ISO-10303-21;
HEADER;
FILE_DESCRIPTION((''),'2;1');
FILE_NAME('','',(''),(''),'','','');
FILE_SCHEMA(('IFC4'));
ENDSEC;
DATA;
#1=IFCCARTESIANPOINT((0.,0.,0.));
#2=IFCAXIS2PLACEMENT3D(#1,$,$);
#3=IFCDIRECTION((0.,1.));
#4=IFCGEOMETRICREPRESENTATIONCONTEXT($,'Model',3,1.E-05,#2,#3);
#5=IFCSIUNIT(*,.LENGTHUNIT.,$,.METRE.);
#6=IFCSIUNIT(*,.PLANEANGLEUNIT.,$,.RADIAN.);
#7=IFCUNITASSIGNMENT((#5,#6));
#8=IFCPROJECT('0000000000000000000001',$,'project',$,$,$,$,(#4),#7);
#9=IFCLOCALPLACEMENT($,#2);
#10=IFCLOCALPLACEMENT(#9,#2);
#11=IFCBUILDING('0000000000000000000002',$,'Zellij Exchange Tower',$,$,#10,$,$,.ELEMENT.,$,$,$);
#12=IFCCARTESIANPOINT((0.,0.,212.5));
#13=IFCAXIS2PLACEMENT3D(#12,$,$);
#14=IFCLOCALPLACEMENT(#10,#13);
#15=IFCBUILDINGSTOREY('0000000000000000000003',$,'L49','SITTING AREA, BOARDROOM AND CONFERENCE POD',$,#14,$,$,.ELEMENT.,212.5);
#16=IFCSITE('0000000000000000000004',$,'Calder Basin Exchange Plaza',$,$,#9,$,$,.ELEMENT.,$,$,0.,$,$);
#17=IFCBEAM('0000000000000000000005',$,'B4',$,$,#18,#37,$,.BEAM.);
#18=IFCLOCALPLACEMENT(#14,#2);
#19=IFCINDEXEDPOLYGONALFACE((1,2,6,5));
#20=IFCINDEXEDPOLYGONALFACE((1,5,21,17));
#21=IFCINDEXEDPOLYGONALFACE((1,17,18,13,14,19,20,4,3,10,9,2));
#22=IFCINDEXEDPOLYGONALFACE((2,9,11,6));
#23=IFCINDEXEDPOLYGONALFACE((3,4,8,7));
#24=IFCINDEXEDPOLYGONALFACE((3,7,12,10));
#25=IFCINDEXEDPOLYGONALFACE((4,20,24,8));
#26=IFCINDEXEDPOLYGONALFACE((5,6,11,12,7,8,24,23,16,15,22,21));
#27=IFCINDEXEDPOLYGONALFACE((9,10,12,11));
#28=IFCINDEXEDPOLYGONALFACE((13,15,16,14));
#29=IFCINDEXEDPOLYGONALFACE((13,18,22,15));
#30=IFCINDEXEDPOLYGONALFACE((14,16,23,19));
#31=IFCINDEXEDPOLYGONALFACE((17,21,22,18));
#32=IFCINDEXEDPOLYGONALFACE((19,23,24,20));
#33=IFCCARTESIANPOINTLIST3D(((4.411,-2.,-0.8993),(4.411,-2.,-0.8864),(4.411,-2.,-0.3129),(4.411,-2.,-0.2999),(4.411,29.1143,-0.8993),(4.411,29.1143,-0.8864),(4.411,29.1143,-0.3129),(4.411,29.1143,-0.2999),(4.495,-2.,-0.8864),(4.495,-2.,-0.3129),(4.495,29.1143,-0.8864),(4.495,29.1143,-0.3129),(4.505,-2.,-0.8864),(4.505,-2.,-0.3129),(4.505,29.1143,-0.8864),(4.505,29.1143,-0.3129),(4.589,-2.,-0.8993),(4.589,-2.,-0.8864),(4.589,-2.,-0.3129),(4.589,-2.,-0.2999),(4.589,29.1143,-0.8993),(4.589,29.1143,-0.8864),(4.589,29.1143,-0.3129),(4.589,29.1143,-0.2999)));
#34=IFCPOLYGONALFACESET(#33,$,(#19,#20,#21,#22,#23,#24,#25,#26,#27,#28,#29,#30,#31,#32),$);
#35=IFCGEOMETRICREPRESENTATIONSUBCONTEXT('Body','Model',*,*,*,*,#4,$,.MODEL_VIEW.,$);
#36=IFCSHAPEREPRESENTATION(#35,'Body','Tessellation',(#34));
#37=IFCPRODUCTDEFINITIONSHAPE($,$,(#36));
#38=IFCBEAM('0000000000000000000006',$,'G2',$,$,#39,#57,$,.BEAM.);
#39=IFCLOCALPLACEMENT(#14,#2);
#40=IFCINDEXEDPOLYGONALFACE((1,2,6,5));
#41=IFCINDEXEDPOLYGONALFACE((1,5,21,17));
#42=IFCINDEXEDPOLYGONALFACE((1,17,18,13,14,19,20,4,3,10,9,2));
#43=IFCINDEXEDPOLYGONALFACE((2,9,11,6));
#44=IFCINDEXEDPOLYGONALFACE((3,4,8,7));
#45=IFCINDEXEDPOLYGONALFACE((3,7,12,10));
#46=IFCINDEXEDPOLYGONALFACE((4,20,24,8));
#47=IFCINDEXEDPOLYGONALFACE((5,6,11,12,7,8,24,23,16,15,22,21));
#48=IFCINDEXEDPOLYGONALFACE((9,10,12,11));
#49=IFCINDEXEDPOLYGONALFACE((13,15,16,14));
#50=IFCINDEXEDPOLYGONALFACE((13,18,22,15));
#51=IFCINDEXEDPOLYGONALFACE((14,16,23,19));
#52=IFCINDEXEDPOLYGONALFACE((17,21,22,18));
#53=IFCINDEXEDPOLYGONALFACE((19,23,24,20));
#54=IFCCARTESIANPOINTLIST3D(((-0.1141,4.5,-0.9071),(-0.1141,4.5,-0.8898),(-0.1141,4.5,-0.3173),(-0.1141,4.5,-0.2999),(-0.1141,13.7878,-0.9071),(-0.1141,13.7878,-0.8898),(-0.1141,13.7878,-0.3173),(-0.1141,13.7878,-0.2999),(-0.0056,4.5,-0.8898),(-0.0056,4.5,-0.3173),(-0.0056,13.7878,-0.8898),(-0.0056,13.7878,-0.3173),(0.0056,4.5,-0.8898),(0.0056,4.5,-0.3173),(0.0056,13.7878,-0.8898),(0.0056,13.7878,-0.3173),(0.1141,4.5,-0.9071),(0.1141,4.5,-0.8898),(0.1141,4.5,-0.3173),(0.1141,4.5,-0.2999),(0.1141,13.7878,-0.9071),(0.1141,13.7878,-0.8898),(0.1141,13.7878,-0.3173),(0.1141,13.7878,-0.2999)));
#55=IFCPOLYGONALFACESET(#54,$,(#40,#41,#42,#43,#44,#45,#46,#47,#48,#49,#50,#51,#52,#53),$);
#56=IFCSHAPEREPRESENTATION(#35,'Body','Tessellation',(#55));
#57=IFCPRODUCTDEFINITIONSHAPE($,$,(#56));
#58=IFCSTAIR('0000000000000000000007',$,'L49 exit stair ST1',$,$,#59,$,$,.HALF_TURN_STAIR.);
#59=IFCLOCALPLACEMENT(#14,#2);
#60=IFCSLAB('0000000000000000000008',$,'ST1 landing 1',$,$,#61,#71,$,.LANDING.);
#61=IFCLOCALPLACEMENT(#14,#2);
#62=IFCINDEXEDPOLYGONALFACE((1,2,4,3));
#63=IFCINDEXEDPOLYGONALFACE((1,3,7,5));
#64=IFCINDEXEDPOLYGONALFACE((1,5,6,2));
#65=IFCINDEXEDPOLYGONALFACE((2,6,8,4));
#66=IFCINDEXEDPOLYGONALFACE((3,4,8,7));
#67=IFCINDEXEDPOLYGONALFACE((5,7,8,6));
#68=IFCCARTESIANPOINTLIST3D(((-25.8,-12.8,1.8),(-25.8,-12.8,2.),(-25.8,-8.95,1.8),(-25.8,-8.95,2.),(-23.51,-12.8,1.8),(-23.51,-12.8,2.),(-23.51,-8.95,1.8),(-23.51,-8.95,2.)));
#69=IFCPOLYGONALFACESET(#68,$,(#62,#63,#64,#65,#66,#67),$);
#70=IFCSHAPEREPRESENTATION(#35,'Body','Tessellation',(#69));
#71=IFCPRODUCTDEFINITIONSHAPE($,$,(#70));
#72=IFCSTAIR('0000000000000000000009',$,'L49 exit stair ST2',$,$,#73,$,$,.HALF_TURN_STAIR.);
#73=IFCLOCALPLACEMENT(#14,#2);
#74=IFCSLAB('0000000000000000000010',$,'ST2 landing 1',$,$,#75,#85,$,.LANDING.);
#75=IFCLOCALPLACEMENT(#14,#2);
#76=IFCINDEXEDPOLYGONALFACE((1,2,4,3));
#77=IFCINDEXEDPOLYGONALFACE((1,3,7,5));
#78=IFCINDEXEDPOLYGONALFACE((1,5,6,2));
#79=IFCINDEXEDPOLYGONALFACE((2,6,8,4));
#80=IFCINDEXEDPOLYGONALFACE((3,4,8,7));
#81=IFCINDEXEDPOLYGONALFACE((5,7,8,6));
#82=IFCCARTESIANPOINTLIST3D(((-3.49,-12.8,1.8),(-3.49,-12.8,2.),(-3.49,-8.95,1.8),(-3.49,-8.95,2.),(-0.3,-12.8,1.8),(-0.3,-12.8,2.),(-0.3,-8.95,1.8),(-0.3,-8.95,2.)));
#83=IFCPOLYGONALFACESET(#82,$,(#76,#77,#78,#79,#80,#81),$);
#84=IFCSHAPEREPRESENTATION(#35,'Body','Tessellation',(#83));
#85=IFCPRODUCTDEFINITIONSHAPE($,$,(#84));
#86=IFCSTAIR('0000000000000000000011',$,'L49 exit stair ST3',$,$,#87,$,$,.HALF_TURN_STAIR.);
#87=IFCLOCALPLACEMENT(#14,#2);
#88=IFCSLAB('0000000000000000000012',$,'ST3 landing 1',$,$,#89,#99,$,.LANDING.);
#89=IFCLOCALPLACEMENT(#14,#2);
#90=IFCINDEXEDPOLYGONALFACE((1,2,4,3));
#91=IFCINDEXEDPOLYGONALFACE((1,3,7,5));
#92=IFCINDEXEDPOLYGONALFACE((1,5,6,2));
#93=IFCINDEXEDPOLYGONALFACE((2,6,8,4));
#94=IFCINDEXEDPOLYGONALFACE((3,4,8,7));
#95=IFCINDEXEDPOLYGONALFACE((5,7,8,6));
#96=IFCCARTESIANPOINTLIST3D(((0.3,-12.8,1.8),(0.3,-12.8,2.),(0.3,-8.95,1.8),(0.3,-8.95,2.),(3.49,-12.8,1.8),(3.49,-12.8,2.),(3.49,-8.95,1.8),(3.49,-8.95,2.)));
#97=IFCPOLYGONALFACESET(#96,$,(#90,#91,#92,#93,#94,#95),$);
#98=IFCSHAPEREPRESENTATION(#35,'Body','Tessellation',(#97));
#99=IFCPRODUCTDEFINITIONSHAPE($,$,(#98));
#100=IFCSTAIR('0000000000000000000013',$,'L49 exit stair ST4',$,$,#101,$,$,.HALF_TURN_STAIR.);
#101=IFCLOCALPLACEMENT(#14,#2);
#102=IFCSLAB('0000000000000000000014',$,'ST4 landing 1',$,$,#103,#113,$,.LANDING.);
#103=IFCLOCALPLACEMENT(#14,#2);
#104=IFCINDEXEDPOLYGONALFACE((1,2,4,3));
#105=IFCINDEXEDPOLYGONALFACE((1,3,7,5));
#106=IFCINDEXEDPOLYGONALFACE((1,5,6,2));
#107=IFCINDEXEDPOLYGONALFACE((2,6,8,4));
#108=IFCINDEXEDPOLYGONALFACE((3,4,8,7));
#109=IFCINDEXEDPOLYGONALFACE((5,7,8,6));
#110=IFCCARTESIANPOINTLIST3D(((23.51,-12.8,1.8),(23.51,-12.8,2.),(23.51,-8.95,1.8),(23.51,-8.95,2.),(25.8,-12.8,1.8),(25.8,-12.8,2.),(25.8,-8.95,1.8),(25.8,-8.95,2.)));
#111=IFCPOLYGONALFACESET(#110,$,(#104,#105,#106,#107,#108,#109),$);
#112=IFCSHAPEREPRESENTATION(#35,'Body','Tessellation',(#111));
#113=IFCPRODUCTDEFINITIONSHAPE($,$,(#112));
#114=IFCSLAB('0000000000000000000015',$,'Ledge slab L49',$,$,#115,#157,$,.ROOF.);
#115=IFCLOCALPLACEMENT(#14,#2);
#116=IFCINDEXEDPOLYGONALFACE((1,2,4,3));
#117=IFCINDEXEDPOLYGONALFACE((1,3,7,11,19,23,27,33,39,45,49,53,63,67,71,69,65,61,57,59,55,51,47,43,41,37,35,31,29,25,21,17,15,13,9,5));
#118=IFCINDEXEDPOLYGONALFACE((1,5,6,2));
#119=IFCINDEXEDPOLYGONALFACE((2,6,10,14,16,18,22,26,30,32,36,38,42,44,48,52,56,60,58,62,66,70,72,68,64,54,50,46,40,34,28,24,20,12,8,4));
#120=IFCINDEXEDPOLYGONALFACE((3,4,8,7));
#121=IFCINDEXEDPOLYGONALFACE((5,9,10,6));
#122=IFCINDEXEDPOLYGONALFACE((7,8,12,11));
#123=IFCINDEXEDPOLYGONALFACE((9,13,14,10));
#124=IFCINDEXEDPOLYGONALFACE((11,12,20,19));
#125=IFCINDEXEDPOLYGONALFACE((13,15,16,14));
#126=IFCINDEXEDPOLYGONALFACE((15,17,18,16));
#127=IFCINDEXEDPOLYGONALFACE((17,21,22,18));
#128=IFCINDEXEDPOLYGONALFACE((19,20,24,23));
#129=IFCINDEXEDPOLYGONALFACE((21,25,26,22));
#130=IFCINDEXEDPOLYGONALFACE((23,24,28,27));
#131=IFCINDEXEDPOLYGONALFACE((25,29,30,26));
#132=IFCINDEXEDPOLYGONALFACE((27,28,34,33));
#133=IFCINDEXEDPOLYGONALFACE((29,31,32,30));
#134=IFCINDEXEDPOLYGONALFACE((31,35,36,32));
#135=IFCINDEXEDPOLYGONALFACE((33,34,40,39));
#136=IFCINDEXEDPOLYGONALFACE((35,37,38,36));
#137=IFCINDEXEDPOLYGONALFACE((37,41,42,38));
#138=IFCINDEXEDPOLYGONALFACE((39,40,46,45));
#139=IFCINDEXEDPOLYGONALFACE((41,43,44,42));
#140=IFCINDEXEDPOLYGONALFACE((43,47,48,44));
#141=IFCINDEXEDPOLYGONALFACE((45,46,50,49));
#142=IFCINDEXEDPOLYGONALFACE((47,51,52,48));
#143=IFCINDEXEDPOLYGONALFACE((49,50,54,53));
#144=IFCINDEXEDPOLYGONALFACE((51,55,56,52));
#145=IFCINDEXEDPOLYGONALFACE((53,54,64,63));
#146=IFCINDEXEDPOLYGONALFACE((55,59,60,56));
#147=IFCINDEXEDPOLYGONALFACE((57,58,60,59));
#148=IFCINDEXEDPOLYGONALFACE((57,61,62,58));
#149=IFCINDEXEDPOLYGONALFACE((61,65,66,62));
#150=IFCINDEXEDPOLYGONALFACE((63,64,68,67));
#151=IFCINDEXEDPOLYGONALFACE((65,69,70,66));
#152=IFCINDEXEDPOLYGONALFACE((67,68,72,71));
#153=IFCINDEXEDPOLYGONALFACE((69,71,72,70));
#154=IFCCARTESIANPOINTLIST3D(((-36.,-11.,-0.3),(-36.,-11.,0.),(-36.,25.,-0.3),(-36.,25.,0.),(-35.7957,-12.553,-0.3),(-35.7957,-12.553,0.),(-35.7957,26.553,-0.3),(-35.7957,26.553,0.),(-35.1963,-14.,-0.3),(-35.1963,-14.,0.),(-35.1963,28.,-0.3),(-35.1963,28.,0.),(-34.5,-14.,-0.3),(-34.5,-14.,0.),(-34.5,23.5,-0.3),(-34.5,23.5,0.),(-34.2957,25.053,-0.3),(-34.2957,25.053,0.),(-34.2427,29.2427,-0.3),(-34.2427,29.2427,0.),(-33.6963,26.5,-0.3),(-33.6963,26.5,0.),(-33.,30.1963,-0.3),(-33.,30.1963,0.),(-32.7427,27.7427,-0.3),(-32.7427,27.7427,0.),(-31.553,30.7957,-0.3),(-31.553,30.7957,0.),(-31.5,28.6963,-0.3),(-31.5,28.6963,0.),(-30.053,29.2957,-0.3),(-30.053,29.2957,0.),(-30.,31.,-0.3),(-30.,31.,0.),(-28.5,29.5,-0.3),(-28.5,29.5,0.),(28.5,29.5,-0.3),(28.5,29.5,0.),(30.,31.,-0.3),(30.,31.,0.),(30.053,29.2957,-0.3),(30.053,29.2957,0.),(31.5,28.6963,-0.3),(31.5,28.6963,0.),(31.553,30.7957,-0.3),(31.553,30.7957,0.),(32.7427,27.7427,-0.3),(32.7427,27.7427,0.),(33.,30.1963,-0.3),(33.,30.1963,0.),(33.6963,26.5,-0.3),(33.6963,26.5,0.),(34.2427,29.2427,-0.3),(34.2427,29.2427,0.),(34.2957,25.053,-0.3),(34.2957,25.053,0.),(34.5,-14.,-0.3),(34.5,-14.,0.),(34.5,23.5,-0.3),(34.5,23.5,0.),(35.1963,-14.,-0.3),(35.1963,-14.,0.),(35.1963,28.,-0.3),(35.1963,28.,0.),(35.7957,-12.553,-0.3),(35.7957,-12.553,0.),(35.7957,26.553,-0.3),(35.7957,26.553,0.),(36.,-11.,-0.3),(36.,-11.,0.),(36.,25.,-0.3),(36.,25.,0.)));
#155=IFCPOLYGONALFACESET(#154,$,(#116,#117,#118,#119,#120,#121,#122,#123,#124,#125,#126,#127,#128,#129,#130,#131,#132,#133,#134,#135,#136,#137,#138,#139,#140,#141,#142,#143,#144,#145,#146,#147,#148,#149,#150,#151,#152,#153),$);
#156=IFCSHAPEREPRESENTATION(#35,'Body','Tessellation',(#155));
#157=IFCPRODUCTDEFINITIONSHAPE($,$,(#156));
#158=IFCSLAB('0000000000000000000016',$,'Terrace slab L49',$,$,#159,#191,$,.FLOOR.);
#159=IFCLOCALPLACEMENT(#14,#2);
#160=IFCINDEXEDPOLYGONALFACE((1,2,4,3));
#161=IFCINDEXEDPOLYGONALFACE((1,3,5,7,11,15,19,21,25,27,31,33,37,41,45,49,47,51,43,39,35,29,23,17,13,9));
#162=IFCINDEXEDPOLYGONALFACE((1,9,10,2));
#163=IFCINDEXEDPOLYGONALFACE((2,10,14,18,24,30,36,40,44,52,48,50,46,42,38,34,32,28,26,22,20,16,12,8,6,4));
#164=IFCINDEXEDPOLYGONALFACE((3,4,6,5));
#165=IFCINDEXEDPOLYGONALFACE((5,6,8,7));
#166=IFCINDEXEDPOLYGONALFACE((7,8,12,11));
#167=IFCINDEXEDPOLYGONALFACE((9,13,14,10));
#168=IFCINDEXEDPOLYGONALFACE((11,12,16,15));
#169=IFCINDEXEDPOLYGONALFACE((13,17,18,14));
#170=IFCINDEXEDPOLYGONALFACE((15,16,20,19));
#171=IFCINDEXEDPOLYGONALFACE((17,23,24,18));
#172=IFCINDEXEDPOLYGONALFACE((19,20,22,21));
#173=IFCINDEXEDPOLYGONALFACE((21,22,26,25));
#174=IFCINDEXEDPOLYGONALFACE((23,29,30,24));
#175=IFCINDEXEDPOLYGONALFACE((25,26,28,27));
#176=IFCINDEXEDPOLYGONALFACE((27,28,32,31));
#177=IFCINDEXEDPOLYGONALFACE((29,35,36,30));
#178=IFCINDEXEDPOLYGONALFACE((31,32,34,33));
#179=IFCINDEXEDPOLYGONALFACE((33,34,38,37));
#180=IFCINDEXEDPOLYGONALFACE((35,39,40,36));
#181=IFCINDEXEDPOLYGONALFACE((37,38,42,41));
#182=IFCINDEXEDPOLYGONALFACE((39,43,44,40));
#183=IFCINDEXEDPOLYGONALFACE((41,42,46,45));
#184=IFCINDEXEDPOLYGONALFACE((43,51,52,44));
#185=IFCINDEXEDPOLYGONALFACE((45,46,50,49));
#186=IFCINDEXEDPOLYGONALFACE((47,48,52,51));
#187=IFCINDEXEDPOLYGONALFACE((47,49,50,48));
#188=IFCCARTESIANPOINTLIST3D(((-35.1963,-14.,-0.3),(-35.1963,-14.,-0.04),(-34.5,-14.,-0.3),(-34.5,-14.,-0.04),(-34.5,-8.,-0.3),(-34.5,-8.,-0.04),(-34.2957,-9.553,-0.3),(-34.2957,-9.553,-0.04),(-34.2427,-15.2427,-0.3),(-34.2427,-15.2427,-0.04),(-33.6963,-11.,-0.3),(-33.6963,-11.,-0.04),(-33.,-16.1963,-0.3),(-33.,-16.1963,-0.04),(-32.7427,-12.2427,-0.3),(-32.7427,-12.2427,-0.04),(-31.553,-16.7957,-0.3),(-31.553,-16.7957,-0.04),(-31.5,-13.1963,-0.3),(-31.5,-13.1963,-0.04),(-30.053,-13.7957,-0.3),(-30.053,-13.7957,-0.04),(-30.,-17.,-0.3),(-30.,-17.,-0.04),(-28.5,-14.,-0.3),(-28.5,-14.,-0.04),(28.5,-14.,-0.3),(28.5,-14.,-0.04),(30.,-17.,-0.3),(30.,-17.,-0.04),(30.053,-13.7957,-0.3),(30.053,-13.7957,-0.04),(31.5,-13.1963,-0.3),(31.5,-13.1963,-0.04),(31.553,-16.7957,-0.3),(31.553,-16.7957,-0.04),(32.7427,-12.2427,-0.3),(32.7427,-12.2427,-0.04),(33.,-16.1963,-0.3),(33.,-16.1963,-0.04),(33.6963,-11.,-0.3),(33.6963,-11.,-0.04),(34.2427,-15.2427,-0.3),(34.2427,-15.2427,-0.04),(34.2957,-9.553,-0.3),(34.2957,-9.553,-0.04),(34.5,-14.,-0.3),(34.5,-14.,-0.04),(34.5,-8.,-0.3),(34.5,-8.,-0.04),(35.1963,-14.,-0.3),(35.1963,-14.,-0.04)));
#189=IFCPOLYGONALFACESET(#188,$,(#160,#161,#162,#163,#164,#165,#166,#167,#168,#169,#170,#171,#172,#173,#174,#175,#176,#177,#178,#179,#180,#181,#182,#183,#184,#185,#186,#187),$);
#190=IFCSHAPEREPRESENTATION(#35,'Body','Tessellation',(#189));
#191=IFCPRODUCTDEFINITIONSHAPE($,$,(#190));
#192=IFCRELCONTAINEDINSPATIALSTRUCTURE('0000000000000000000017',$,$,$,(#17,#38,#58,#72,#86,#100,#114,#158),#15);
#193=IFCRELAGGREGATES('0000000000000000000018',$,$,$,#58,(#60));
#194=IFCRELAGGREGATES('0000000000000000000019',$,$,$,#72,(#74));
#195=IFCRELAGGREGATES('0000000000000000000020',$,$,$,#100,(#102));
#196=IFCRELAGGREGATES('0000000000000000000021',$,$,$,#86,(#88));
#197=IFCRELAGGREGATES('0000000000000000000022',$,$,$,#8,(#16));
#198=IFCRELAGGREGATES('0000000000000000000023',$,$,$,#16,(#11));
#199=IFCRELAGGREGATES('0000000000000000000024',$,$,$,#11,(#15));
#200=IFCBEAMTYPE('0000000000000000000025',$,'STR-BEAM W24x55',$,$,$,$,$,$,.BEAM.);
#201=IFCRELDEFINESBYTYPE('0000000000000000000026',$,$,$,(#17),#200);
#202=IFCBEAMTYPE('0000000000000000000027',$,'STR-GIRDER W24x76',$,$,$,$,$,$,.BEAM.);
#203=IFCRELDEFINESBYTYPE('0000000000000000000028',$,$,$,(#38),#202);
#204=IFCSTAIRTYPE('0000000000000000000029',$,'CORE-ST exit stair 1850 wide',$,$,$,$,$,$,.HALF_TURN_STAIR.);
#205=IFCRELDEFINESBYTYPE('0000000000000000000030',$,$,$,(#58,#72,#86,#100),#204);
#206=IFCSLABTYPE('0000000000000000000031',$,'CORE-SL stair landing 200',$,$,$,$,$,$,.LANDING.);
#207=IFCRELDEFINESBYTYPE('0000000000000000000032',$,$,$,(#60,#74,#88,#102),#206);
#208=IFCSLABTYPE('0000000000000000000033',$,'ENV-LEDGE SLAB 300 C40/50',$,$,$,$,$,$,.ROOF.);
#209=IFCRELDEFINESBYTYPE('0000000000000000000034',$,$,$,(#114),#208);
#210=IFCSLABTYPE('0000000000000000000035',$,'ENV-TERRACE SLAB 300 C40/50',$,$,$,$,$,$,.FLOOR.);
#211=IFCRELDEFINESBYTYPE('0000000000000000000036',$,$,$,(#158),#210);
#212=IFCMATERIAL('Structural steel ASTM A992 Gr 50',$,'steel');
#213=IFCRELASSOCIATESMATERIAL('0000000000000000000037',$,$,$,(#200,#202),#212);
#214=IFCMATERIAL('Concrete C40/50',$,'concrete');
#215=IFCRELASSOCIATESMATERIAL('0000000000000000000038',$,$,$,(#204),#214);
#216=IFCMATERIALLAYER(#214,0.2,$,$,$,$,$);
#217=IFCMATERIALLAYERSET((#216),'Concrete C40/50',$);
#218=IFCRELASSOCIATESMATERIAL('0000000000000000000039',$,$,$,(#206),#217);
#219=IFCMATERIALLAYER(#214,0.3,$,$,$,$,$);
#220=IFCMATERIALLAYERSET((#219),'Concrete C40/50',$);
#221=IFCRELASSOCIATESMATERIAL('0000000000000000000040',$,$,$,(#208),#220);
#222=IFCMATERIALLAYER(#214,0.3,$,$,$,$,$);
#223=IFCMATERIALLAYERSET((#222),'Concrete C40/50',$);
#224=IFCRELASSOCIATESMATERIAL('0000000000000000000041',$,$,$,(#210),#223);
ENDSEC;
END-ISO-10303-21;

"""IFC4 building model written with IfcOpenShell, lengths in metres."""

from ifc_helpers import new_model, si_unit, direction, frame, origin, origin_2d, place, context, subcontext, project, spatial, polyline, i_section, outline, extrude, material, layer, layer_set, material_profile, profile_set, type_object, element, aggregate, save


model = new_model("IFC4")

# Units and contexts
model_context = context("Model", 3, precision=1e-05, world=origin(), true_north=direction((0.0, 1.0)))
body_context = subcontext(model_context, "Body", "Model", "MODEL_VIEW")
ifc_project = project(units=[si_unit("LENGTHUNIT", "METRE"), si_unit("PLANEANGLEUNIT", "RADIAN")], contexts=[model_context])

# Site, building, storey
site_placement = place(None, origin())
site = spatial("IfcSite", under=ifc_project, at=site_placement, Name="Calder Basin Exchange Plaza", CompositionType="ELEMENT", RefElevation=0.0)
building_placement = place(site_placement, origin())
building = spatial("IfcBuilding", under=site, at=building_placement, Name="Zellij Exchange Tower", CompositionType="ELEMENT")
storey_placement = place(building_placement, frame((0.0, 0.0, 212.5)))
storey = spatial("IfcBuildingStorey", under=building, at=storey_placement, Name="L49", Description="SITTING AREA, BOARDROOM AND CONFERENCE POD", CompositionType="ELEMENT", Elevation=212.5)

# Beams
ifc_material_1 = material(Name="Structural steel ASTM A992 Gr 50", Category="steel")
ifc_material_profile_1 = material_profile(ifc_material_1, i_section(OverallWidth=0.178, OverallDepth=0.5994, WebThickness=0.01, FlangeThickness=0.0129, at=origin_2d()), Name="W24x55")
ifc_profile_set_1 = profile_set([ifc_material_profile_1], Name="Structural steel ASTM A992 Gr 50")
beam_type_1 = type_object("IfcBeamType", Name="STR-BEAM W24x55", PredefinedType="BEAM", material=ifc_profile_set_1)
beam_1_placement = place(storey_placement, frame((4.5, -2.0, -0.5996), z_axis=(0.0, 1.0, 0.0), x_axis=(-1.0, 0.0, 0.0)))
element("IfcBeam", 1, at=beam_1_placement, inside=storey, type_object=beam_type_1, Name="B4", PredefinedType="BEAM", context=body_context, shape_type="SweptSolid", body=[
    extrude(i_section(OverallWidth=0.178, OverallDepth=0.5994, WebThickness=0.01, FlangeThickness=0.0129, at=origin_2d()), origin(), (0.0, 0.0, 1.0), 31.1143),
])
ifc_material_profile_2 = material_profile(ifc_material_1, i_section(OverallWidth=0.2283, OverallDepth=0.6072, WebThickness=0.0112, FlangeThickness=0.0173, at=origin_2d()), Name="W24x76")
ifc_profile_set_2 = profile_set([ifc_material_profile_2], Name="Structural steel ASTM A992 Gr 50")
beam_type_2 = type_object("IfcBeamType", Name="STR-GIRDER W24x76", PredefinedType="BEAM", material=ifc_profile_set_2)
beam_2_placement = place(storey_placement, frame((0.0, 4.5, -0.6035), z_axis=(0.0, 1.0, 0.0), x_axis=(-1.0, 0.0, 0.0)))
element("IfcBeam", 2, at=beam_2_placement, inside=storey, type_object=beam_type_2, Name="G2", PredefinedType="BEAM", context=body_context, shape_type="SweptSolid", body=[
    extrude(i_section(OverallWidth=0.2283, OverallDepth=0.6072, WebThickness=0.0112, FlangeThickness=0.0173, at=origin_2d()), origin(), (0.0, 0.0, 1.0), 9.2878),
])

# Stairs, slabs
ifc_material_2 = material(Name="Concrete C40/50", Category="concrete")
stair_type = type_object("IfcStairType", Name="CORE-ST exit stair 1850 wide", PredefinedType="HALF_TURN_STAIR", material=ifc_material_2)
stair_1_placement = place(storey_placement, origin())
stair_1 = element("IfcStair", 3, at=stair_1_placement, inside=storey, type_object=stair_type, Name="L49 exit stair ST1", PredefinedType="HALF_TURN_STAIR")
ifc_layer_1 = layer(ifc_material_2, 0.2)
ifc_layer_set_1 = layer_set([ifc_layer_1], Name="Concrete C40/50")
slab_type_1 = type_object("IfcSlabType", Name="CORE-SL stair landing 200", PredefinedType="LANDING", material=ifc_layer_set_1)
slab_1_placement = place(storey_placement, frame((0.0, 0.0, 1.8)))
slab_1 = element("IfcSlab", 4, at=slab_1_placement, type_object=slab_type_1, Name="ST1 landing 1", PredefinedType="LANDING", context=body_context, shape_type="SweptSolid", body=[
    extrude(outline(polyline([(-23.51, -8.95), (-25.8, -8.95), (-25.8, -12.8), (-23.51, -12.8), (-23.51, -8.95)])), origin(), (0.0, 0.0, 1.0), 0.2),
])
aggregate(stair_1, [slab_1])
stair_2_placement = place(storey_placement, origin())
stair_2 = element("IfcStair", 5, at=stair_2_placement, inside=storey, type_object=stair_type, Name="L49 exit stair ST2", PredefinedType="HALF_TURN_STAIR")
slab_2_placement = place(storey_placement, frame((0.0, 0.0, 1.8)))
slab_2 = element("IfcSlab", 6, at=slab_2_placement, type_object=slab_type_1, Name="ST2 landing 1", PredefinedType="LANDING", context=body_context, shape_type="SweptSolid", body=[
    extrude(outline(polyline([(-3.49, -12.8), (-0.3, -12.8), (-0.3, -8.95), (-3.49, -8.95), (-3.49, -12.8)])), origin(), (0.0, 0.0, 1.0), 0.2),
])
aggregate(stair_2, [slab_2])
stair_3_placement = place(storey_placement, origin())
stair_3 = element("IfcStair", 7, at=stair_3_placement, inside=storey, type_object=stair_type, Name="L49 exit stair ST3", PredefinedType="HALF_TURN_STAIR")
slab_3_placement = place(storey_placement, frame((0.0, 0.0, 1.8)))
slab_3 = element("IfcSlab", 8, at=slab_3_placement, type_object=slab_type_1, Name="ST3 landing 1", PredefinedType="LANDING", context=body_context, shape_type="SweptSolid", body=[
    extrude(outline(polyline([(3.49, -8.95), (0.3, -8.95), (0.3, -12.8), (3.49, -12.8), (3.49, -8.95)])), origin(), (0.0, 0.0, 1.0), 0.2),
])
stair_4_placement = place(storey_placement, origin())
stair_4 = element("IfcStair", 9, at=stair_4_placement, inside=storey, type_object=stair_type, Name="L49 exit stair ST4", PredefinedType="HALF_TURN_STAIR")
slab_4_placement = place(storey_placement, frame((0.0, 0.0, 1.8)))
slab_4 = element("IfcSlab", 10, at=slab_4_placement, type_object=slab_type_1, Name="ST4 landing 1", PredefinedType="LANDING", context=body_context, shape_type="SweptSolid", body=[
    extrude(outline(polyline([(23.51, -12.8), (25.8, -12.8), (25.8, -8.95), (23.51, -8.95), (23.51, -12.8)])), origin(), (0.0, 0.0, 1.0), 0.2),
])
aggregate(stair_4, [slab_4])

# Slabs
ifc_layer_2 = layer(ifc_material_2, 0.3)
ifc_layer_set_2 = layer_set([ifc_layer_2], Name="Concrete C40/50")
slab_type_2 = type_object("IfcSlabType", Name="ENV-LEDGE SLAB 300 C40/50", PredefinedType="ROOF", material=ifc_layer_set_2)
slab_5_placement = place(storey_placement, frame((0.0, 0.0, -0.3)))
element("IfcSlab", 11, at=slab_5_placement, inside=storey, type_object=slab_type_2, Name="Ledge slab L49", PredefinedType="ROOF", context=body_context, shape_type="SweptSolid", body=[
    extrude(outline(polyline([(-36.0, -11.0), (-35.7957, -12.553), (-35.1963, -14.0), (-34.5, -14.0), (-34.5, 23.5), (-34.2957, 25.053), (-33.6963, 26.5), (-32.7427, 27.7427), (-31.5, 28.6963), (-30.053, 29.2957), (-28.5, 29.5), (28.5, 29.5), (30.053, 29.2957), (31.5, 28.6963), (32.7427, 27.7427), (33.6963, 26.5), (34.2957, 25.053), (34.5, 23.5), (34.5, -14.0), (35.1963, -14.0), (35.7957, -12.553), (36.0, -11.0), (36.0, 25.0), (35.7957, 26.553), (35.1963, 28.0), (34.2427, 29.2427), (33.0, 30.1963), (31.553, 30.7957), (30.0, 31.0), (-30.0, 31.0), (-31.553, 30.7957), (-33.0, 30.1963), (-34.2427, 29.2427), (-35.1963, 28.0), (-35.7957, 26.553), (-36.0, 25.0), (-36.0, -11.0)])), origin(), (0.0, 0.0, 1.0), 0.3),
])
ifc_layer_3 = layer(ifc_material_2, 0.3)
ifc_layer_set_3 = layer_set([ifc_layer_3], Name="Concrete C40/50")
slab_type_3 = type_object("IfcSlabType", Name="ENV-TERRACE SLAB 300 C40/50", PredefinedType="FLOOR", material=ifc_layer_set_3)
slab_6_placement = place(storey_placement, frame((0.0, 0.0, -0.3)))
element("IfcSlab", 12, at=slab_6_placement, inside=storey, type_object=slab_type_3, Name="Terrace slab L49", PredefinedType="FLOOR", context=body_context, shape_type="SweptSolid", body=[
    extrude(outline(polyline([(-34.2427, -15.2427), (-33.0, -16.1963), (-31.553, -16.7957), (-30.0, -17.0), (30.0, -17.0), (31.553, -16.7957), (33.0, -16.1963), (34.2427, -15.2427), (35.1963, -14.0), (34.5, -14.0), (34.5, -8.0), (34.2957, -9.553), (33.6963, -11.0), (32.7427, -12.2427), (31.5, -13.1963), (30.053, -13.7957), (28.5, -14.0), (-28.5, -14.0), (-30.053, -13.7957), (-31.5, -13.1963), (-32.7427, -12.2427), (-33.6963, -11.0), (-34.2957, -9.553), (-34.5, -8.0), (-34.5, -14.0), (-35.1963, -14.0), (-34.2427, -15.2427)])), origin(), (0.0, 0.0, 1.0), 0.26),
])

aggregate(stair_3, [slab_3])

save(model, "model.ifc")
